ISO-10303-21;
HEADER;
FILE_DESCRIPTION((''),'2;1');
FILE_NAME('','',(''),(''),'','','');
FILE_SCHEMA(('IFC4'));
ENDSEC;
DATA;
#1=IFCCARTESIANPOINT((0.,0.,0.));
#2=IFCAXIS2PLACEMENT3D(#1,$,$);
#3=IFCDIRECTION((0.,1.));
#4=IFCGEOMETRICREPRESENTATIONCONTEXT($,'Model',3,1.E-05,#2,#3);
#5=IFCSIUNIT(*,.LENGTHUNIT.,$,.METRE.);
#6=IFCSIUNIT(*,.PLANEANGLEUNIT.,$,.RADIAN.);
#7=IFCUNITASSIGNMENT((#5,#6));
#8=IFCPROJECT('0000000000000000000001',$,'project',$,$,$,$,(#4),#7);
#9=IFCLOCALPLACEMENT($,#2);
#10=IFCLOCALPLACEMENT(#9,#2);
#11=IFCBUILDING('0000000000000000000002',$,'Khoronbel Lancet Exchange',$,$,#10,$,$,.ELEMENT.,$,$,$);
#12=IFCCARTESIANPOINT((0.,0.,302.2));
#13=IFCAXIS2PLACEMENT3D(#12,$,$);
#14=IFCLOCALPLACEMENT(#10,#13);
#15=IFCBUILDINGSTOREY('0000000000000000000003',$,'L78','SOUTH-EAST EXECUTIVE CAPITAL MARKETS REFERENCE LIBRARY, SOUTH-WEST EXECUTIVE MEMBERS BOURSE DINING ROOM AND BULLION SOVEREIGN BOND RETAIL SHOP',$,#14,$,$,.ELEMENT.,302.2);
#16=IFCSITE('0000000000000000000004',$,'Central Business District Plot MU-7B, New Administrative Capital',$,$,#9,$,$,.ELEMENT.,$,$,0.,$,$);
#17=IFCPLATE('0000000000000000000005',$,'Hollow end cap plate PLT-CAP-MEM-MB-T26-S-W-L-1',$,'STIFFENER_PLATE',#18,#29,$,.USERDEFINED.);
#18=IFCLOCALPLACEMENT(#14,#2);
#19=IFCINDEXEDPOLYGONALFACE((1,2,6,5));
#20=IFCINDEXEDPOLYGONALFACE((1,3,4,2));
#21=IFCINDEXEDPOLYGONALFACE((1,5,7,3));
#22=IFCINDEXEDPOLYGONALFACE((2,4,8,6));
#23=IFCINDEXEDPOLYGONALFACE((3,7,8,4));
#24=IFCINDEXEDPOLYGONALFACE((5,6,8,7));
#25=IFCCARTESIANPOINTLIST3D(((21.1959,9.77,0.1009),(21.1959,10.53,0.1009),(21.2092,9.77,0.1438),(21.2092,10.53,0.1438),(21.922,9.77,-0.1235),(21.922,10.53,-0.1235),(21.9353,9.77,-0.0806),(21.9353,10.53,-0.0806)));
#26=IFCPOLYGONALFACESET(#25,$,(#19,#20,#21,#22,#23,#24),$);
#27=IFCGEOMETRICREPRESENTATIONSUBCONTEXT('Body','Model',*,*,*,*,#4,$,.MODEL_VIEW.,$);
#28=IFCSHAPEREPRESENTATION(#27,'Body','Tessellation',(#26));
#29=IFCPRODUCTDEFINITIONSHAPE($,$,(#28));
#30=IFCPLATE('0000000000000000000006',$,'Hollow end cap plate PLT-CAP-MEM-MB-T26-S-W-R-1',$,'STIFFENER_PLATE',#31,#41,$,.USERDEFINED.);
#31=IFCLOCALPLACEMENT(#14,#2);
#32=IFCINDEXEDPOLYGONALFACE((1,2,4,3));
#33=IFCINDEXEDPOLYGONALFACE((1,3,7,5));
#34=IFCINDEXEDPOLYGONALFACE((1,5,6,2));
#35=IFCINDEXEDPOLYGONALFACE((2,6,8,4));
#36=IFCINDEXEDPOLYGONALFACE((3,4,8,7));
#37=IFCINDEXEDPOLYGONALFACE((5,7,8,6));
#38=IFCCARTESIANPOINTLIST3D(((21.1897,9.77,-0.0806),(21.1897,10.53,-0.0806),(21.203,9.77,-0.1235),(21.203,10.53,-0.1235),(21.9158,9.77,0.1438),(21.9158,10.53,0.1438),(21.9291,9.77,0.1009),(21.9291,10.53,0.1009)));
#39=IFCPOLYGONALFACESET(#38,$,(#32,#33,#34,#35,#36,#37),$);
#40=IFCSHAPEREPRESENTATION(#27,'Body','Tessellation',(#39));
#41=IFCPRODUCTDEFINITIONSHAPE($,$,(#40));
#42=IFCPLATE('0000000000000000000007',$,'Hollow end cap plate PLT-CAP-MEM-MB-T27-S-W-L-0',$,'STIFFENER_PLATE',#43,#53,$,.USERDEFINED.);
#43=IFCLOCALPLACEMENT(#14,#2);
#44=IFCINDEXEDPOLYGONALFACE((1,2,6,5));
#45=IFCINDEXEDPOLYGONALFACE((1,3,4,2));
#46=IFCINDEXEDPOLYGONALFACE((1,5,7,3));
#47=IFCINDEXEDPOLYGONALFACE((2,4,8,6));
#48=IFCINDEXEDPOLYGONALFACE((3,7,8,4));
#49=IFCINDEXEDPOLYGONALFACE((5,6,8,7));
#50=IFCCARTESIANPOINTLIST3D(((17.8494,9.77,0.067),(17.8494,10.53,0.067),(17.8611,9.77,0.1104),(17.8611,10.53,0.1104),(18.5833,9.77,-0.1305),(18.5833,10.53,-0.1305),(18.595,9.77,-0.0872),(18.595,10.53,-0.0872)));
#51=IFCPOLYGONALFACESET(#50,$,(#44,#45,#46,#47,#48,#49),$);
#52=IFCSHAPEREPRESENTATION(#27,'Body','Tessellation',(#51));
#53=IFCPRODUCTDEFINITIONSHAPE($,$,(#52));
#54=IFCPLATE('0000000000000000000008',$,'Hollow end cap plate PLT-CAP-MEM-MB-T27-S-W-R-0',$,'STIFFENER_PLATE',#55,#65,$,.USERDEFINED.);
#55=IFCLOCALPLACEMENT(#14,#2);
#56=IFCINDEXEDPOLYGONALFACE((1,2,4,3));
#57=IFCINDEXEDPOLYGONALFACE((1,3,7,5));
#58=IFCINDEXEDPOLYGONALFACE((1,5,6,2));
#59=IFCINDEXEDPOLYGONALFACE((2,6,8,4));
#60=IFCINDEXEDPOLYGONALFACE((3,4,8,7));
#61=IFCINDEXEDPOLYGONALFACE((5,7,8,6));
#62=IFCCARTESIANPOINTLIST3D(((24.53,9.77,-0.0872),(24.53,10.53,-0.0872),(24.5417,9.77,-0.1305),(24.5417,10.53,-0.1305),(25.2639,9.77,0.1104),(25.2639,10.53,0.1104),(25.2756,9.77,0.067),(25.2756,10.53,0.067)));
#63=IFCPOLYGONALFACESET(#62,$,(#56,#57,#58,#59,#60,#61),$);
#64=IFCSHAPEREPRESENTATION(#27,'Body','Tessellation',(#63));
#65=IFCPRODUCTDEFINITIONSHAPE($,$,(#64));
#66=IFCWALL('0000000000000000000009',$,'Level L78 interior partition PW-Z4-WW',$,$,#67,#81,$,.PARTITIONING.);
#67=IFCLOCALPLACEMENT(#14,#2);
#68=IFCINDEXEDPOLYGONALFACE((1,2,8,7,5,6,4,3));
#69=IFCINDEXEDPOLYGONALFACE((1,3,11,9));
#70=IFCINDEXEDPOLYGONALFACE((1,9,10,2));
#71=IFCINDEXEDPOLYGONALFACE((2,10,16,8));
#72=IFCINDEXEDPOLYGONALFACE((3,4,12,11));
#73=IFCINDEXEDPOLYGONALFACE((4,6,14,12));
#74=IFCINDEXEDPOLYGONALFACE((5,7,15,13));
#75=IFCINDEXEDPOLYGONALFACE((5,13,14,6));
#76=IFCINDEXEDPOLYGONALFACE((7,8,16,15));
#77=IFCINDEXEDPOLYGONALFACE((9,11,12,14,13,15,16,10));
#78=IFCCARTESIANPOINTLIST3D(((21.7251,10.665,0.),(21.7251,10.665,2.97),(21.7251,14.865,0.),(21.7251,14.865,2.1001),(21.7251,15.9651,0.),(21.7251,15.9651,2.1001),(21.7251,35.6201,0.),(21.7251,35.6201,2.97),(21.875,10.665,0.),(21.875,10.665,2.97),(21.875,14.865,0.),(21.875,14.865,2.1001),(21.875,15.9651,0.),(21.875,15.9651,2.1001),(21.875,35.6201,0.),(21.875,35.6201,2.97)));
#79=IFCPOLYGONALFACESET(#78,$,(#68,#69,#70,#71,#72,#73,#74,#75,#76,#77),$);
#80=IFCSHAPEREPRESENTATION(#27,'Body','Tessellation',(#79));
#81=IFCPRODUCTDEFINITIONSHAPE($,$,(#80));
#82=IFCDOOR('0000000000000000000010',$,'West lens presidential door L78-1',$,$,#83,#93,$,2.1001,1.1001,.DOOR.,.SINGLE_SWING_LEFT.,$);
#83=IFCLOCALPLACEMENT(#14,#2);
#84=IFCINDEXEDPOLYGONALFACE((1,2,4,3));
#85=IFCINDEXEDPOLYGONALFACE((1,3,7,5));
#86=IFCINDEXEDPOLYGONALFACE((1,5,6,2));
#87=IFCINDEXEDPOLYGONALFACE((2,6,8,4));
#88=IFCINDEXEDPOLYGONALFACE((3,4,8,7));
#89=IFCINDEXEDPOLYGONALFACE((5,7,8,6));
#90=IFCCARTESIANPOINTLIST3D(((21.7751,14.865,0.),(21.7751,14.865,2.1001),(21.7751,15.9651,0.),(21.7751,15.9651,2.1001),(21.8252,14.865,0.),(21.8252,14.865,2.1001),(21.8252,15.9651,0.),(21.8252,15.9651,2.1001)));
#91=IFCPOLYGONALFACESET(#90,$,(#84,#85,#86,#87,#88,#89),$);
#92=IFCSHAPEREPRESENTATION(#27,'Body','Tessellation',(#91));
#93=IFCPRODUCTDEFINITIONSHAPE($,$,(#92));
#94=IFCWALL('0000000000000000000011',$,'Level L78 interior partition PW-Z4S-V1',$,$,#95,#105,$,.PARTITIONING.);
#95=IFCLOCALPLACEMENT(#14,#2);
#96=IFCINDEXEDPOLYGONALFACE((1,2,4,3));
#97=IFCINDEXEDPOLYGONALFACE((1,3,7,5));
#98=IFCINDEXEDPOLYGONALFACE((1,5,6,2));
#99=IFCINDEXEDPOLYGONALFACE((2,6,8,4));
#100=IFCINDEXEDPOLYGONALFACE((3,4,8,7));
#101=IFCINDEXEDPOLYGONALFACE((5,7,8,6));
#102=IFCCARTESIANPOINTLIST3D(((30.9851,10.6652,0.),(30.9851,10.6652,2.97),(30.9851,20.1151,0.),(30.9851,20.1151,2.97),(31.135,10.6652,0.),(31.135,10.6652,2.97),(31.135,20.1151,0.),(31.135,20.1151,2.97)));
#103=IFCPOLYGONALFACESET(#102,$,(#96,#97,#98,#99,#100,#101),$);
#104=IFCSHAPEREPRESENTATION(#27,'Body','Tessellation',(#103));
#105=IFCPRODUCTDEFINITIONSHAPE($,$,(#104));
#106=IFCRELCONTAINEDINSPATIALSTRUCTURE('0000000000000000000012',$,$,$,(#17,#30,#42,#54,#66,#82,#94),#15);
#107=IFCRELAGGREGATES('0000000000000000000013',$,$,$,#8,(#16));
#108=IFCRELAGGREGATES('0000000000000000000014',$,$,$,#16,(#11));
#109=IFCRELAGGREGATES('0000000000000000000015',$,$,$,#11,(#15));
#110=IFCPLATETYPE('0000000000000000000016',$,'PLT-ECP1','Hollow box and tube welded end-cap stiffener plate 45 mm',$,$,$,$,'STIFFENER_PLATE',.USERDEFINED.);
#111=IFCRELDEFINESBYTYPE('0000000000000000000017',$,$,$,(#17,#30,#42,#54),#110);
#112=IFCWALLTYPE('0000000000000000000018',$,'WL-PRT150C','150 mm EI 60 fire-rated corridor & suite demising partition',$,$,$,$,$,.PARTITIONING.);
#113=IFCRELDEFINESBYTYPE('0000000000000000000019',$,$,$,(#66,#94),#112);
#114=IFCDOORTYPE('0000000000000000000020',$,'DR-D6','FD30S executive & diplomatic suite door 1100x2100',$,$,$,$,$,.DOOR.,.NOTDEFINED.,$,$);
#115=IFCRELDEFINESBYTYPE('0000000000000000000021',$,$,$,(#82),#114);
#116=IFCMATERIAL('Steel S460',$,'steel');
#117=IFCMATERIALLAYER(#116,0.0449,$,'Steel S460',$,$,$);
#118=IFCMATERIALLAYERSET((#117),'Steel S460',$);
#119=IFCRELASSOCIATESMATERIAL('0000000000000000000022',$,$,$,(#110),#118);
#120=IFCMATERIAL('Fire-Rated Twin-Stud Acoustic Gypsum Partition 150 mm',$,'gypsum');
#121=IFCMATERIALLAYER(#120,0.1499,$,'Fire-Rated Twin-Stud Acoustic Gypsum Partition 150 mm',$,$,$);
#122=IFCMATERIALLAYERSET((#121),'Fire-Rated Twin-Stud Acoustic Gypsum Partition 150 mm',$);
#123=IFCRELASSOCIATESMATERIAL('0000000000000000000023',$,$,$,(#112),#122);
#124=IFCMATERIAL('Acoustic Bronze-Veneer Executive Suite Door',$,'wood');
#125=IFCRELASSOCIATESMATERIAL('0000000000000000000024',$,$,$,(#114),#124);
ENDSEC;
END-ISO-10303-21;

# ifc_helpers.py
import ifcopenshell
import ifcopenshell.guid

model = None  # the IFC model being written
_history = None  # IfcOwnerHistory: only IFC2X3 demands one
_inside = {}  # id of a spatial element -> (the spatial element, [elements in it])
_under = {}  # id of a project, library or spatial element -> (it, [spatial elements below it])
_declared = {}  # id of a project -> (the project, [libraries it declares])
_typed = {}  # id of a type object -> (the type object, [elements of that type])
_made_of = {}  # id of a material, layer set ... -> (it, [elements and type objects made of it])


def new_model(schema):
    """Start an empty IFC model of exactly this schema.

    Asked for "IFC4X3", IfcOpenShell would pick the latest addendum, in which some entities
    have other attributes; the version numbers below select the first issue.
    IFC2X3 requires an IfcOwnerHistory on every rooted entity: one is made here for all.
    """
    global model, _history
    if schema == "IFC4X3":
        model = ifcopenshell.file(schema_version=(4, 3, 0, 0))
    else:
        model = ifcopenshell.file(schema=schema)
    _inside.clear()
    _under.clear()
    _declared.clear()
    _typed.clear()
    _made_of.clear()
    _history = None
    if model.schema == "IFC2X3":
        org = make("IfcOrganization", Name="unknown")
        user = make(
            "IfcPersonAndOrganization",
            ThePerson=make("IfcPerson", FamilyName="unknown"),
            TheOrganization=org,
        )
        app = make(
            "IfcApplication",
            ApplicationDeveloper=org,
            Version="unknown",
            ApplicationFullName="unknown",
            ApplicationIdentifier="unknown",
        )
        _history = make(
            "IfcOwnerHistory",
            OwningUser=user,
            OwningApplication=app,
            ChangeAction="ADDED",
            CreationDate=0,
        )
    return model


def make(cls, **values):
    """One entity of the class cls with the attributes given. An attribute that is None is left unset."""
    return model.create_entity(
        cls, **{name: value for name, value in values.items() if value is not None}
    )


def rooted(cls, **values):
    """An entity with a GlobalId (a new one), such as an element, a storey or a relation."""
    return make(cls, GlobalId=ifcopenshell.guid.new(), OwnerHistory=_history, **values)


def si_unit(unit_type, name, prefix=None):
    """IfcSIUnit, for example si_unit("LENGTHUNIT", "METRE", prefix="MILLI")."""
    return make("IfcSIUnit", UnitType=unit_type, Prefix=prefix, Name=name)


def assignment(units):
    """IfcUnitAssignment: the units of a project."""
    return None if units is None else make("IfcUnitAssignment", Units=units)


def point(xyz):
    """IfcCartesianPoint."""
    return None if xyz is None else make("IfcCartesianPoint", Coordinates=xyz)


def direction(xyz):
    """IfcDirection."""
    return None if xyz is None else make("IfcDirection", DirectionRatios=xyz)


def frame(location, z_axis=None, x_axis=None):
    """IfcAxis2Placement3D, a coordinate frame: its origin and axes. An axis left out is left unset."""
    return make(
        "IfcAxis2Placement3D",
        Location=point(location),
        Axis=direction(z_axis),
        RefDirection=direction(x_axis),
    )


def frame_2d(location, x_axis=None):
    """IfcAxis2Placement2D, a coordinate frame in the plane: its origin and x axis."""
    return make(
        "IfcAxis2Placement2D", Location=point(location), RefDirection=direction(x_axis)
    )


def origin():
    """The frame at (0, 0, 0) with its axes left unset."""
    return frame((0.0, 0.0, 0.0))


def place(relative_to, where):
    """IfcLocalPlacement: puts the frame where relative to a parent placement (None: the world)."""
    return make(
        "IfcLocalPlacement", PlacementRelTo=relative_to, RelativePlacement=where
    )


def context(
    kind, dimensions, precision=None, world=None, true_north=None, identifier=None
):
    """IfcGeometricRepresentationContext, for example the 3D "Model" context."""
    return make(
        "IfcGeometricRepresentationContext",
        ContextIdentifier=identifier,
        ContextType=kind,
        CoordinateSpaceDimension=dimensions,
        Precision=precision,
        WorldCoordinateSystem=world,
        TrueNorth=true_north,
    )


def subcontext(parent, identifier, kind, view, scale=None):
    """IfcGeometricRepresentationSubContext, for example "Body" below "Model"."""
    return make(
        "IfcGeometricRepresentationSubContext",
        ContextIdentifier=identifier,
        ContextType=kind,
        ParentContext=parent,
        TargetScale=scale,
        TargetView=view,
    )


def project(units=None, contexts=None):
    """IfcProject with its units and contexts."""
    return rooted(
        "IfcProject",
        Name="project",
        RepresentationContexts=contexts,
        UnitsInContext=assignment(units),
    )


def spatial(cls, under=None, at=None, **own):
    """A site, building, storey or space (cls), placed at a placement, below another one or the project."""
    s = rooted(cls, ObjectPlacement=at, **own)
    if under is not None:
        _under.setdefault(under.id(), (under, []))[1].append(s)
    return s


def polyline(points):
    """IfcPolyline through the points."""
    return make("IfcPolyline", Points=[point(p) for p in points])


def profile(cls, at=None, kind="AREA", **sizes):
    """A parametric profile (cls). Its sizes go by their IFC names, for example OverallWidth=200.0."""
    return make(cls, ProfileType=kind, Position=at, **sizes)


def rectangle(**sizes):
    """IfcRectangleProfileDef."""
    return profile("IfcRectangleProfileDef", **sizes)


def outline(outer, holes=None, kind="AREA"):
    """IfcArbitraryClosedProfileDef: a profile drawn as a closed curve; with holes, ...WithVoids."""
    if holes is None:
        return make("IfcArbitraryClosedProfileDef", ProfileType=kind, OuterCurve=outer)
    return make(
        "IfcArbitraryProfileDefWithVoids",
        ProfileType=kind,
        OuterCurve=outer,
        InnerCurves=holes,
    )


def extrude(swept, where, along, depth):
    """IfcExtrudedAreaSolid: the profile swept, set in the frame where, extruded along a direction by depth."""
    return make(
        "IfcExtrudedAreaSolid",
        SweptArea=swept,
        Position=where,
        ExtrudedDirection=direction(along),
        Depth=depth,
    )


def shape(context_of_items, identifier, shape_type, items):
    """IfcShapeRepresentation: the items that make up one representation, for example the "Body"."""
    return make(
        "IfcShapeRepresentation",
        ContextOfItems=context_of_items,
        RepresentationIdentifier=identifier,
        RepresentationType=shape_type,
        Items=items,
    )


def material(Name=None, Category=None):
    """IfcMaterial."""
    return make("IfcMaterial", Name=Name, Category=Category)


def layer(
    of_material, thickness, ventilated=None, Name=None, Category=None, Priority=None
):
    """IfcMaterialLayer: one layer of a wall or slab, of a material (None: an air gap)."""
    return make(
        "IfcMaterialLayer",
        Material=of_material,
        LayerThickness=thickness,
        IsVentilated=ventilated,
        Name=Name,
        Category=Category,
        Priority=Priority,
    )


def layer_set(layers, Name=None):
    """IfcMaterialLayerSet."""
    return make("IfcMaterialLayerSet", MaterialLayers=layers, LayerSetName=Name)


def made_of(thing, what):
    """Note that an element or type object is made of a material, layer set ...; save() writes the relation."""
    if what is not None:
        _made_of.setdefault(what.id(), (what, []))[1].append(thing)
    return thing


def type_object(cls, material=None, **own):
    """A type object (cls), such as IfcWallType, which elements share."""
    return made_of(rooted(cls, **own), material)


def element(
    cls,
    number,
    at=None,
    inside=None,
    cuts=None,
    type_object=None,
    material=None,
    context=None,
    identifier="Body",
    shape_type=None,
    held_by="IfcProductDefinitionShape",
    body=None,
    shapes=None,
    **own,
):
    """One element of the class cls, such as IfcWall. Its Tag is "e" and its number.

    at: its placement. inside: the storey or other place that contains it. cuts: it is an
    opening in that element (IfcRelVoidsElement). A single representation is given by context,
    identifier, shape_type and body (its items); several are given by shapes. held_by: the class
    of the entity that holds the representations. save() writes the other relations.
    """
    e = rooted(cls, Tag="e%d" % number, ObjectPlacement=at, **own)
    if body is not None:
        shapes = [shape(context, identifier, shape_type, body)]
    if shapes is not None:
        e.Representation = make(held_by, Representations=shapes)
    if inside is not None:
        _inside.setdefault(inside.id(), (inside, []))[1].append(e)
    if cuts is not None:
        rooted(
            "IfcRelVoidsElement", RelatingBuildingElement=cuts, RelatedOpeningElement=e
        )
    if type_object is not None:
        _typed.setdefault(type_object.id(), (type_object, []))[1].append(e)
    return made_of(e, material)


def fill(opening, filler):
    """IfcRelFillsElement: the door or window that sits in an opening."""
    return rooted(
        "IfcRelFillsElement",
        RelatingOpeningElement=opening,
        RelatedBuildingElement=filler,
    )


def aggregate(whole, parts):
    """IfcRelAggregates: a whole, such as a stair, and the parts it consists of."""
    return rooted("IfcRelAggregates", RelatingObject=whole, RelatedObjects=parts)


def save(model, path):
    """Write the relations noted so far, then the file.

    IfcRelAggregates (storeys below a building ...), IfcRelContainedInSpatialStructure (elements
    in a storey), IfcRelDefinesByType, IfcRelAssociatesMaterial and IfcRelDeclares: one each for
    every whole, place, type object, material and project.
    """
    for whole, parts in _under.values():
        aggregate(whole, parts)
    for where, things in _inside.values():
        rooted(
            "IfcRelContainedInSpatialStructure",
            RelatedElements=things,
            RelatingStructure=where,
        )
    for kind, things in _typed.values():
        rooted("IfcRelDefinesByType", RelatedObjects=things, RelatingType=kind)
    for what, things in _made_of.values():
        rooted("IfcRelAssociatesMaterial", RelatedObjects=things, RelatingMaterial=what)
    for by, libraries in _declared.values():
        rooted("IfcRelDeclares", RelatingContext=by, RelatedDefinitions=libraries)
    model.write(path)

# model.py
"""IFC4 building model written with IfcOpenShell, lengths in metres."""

from ifc_helpers import new_model, si_unit, direction, frame, frame_2d, origin, place, context, subcontext, project, spatial, polyline, rectangle, outline, extrude, material, layer, layer_set, type_object, element, fill, save


model = new_model("IFC4")

# Units and contexts
model_context = context("Model", 3, precision=1e-05, world=origin(), true_north=direction((0.0, 1.0)))
body_context = subcontext(model_context, "Body", "Model", "MODEL_VIEW")
ifc_project = project(units=[si_unit("LENGTHUNIT", "METRE"), si_unit("PLANEANGLEUNIT", "RADIAN")], contexts=[model_context])

# Site, building, storey
site_placement = place(None, origin())
site = spatial("IfcSite", under=ifc_project, at=site_placement, Name="Central Business District Plot MU-7B, New Administrative Capital", CompositionType="ELEMENT", RefElevation=0.0)
building_placement = place(site_placement, origin())
building = spatial("IfcBuilding", under=site, at=building_placement, Name="Khoronbel Lancet Exchange", CompositionType="ELEMENT")
storey_placement = place(building_placement, frame((0.0, 0.0, 302.2)))
storey = spatial("IfcBuildingStorey", under=building, at=storey_placement, Name="L78", Description="SOUTH-EAST EXECUTIVE CAPITAL MARKETS REFERENCE LIBRARY, SOUTH-WEST EXECUTIVE MEMBERS BOURSE DINING ROOM AND BULLION SOVEREIGN BOND RETAIL SHOP", CompositionType="ELEMENT", Elevation=302.2)

# Shared definitions
ifc_material_1 = material(Name="Steel S460", Category="steel")

# Plates
ifc_layer_1 = layer(ifc_material_1, 0.0449, Name="Steel S460")
ifc_layer_set_1 = layer_set([ifc_layer_1], Name="Steel S460")
plate_type_1 = type_object("IfcPlateType", Name="PLT-ECP1", Description="Hollow box and tube welded end-cap stiffener plate 45 mm", ElementType="STIFFENER_PLATE", PredefinedType="USERDEFINED", material=ifc_layer_set_1)
for number, where, z_axis, x_axis, name in (
    (1, (21.9353, 9.77, -0.0806), (0.295237, 0.0, 0.955424), (0.0, 1.0, 0.0), "Hollow end cap plate PLT-CAP-MEM-MB-T26-S-W-L-1"),
    (2, (21.1897, 10.53, -0.0806), (-0.295237, 0.0, 0.955424), (0.0, -1.0, 0.0), "Hollow end cap plate PLT-CAP-MEM-MB-T26-S-W-R-1"),
    (3, (18.595, 9.77, -0.0872), (0.259881, 0.0, 0.965641), (0.0, 1.0, 0.0), "Hollow end cap plate PLT-CAP-MEM-MB-T27-S-W-L-0"),
    (4, (24.53, 10.53, -0.0872), (-0.259881, 0.0, 0.965641), (0.0, -1.0, 0.0), "Hollow end cap plate PLT-CAP-MEM-MB-T27-S-W-R-0"),
):
    element("IfcPlate", number, at=place(storey_placement, frame(where, z_axis=z_axis, x_axis=x_axis)), inside=storey, type_object=plate_type_1, Name=name, ObjectType="STIFFENER_PLATE", PredefinedType="USERDEFINED", context=body_context, shape_type="SweptSolid", body=[
        extrude(outline(polyline([(0.0, 0.0), (0.76, 0.0), (0.76, 0.76), (0.0, 0.76), (0.0, 0.0)])), origin(), (0.0, 0.0, -1.0), 0.0449),
    ])

# Wall, opening, door
ifc_material_2 = material(Name="Fire-Rated Twin-Stud Acoustic Gypsum Partition 150 mm", Category="gypsum")
ifc_layer_2 = layer(ifc_material_2, 0.1499, Name="Fire-Rated Twin-Stud Acoustic Gypsum Partition 150 mm")
ifc_layer_set_2 = layer_set([ifc_layer_2], Name="Fire-Rated Twin-Stud Acoustic Gypsum Partition 150 mm")
wall_type = type_object("IfcWallType", Name="WL-PRT150C", Description="150 mm EI 60 fire-rated corridor & suite demising partition", PredefinedType="PARTITIONING", material=ifc_layer_set_2)
wall_1_placement = place(storey_placement, frame((21.8, 10.665, 0.0), z_axis=(0.0, 0.0, 1.0), x_axis=(0.0, 1.0, 0.0)))
wall_1 = element("IfcWall", 5, at=wall_1_placement, inside=storey, type_object=wall_type, Name="Level L78 interior partition PW-Z4-WW", PredefinedType="PARTITIONING", context=body_context, shape_type="SweptSolid", body=[
    extrude(rectangle(XDim=24.9551, YDim=0.1499, at=frame_2d((12.4775, 0.0))), origin(), (0.0, 0.0, 1.0), 2.97),
])
opening_placement = place(wall_1_placement, frame((4.2, 0.0, 0.0)))
opening = element("IfcOpeningElement", 6, at=opening_placement, cuts=wall_1, PredefinedType="OPENING", context=body_context, shape_type="SweptSolid", body=[
    extrude(rectangle(XDim=1.1001, YDim=2.1001, at=frame_2d((0.55, 1.05))), frame((0.0, 0.085, 0.0), z_axis=(0.0, -1.0, 0.0), x_axis=(1.0, 0.0, 0.0)), (0.0, 0.0, 1.0), 0.1699),
])
ifc_material_3 = material(Name="Acoustic Bronze-Veneer Executive Suite Door", Category="wood")
door_type = type_object("IfcDoorType", Name="DR-D6", Description="FD30S executive & diplomatic suite door 1100x2100", OperationType="NOTDEFINED", PredefinedType="DOOR", material=ifc_material_3)
door_placement = place(opening_placement, origin())
door = element("IfcDoor", 7, at=door_placement, inside=storey, type_object=door_type, Name="West lens presidential door L78-1", OperationType="SINGLE_SWING_LEFT", OverallHeight=2.1001, OverallWidth=1.1001, PredefinedType="DOOR", context=body_context, shape_type="SweptSolid", body=[
    extrude(rectangle(XDim=1.1001, YDim=2.1001, at=frame_2d((0.55, 1.05))), frame((0.0, 0.0249, 0.0), z_axis=(0.0, -1.0, 0.0), x_axis=(1.0, 0.0, 0.0)), (0.0, 0.0, 1.0), 0.05),
])
fill(opening, door)

# Wall
wall_2_placement = place(storey_placement, frame((31.0601, 10.665, 0.0), z_axis=(0.0, 0.0, 1.0), x_axis=(0.0, 1.0, 0.0)))
element("IfcWall", 8, at=wall_2_placement, inside=storey, type_object=wall_type, Name="Level L78 interior partition PW-Z4S-V1", PredefinedType="PARTITIONING", context=body_context, shape_type="SweptSolid", body=[
    extrude(rectangle(XDim=9.45, YDim=0.1499, at=frame_2d((4.7251, 0.0))), origin(), (0.0, 0.0, 1.0), 2.97),
])

save(model, "model.ifc")
